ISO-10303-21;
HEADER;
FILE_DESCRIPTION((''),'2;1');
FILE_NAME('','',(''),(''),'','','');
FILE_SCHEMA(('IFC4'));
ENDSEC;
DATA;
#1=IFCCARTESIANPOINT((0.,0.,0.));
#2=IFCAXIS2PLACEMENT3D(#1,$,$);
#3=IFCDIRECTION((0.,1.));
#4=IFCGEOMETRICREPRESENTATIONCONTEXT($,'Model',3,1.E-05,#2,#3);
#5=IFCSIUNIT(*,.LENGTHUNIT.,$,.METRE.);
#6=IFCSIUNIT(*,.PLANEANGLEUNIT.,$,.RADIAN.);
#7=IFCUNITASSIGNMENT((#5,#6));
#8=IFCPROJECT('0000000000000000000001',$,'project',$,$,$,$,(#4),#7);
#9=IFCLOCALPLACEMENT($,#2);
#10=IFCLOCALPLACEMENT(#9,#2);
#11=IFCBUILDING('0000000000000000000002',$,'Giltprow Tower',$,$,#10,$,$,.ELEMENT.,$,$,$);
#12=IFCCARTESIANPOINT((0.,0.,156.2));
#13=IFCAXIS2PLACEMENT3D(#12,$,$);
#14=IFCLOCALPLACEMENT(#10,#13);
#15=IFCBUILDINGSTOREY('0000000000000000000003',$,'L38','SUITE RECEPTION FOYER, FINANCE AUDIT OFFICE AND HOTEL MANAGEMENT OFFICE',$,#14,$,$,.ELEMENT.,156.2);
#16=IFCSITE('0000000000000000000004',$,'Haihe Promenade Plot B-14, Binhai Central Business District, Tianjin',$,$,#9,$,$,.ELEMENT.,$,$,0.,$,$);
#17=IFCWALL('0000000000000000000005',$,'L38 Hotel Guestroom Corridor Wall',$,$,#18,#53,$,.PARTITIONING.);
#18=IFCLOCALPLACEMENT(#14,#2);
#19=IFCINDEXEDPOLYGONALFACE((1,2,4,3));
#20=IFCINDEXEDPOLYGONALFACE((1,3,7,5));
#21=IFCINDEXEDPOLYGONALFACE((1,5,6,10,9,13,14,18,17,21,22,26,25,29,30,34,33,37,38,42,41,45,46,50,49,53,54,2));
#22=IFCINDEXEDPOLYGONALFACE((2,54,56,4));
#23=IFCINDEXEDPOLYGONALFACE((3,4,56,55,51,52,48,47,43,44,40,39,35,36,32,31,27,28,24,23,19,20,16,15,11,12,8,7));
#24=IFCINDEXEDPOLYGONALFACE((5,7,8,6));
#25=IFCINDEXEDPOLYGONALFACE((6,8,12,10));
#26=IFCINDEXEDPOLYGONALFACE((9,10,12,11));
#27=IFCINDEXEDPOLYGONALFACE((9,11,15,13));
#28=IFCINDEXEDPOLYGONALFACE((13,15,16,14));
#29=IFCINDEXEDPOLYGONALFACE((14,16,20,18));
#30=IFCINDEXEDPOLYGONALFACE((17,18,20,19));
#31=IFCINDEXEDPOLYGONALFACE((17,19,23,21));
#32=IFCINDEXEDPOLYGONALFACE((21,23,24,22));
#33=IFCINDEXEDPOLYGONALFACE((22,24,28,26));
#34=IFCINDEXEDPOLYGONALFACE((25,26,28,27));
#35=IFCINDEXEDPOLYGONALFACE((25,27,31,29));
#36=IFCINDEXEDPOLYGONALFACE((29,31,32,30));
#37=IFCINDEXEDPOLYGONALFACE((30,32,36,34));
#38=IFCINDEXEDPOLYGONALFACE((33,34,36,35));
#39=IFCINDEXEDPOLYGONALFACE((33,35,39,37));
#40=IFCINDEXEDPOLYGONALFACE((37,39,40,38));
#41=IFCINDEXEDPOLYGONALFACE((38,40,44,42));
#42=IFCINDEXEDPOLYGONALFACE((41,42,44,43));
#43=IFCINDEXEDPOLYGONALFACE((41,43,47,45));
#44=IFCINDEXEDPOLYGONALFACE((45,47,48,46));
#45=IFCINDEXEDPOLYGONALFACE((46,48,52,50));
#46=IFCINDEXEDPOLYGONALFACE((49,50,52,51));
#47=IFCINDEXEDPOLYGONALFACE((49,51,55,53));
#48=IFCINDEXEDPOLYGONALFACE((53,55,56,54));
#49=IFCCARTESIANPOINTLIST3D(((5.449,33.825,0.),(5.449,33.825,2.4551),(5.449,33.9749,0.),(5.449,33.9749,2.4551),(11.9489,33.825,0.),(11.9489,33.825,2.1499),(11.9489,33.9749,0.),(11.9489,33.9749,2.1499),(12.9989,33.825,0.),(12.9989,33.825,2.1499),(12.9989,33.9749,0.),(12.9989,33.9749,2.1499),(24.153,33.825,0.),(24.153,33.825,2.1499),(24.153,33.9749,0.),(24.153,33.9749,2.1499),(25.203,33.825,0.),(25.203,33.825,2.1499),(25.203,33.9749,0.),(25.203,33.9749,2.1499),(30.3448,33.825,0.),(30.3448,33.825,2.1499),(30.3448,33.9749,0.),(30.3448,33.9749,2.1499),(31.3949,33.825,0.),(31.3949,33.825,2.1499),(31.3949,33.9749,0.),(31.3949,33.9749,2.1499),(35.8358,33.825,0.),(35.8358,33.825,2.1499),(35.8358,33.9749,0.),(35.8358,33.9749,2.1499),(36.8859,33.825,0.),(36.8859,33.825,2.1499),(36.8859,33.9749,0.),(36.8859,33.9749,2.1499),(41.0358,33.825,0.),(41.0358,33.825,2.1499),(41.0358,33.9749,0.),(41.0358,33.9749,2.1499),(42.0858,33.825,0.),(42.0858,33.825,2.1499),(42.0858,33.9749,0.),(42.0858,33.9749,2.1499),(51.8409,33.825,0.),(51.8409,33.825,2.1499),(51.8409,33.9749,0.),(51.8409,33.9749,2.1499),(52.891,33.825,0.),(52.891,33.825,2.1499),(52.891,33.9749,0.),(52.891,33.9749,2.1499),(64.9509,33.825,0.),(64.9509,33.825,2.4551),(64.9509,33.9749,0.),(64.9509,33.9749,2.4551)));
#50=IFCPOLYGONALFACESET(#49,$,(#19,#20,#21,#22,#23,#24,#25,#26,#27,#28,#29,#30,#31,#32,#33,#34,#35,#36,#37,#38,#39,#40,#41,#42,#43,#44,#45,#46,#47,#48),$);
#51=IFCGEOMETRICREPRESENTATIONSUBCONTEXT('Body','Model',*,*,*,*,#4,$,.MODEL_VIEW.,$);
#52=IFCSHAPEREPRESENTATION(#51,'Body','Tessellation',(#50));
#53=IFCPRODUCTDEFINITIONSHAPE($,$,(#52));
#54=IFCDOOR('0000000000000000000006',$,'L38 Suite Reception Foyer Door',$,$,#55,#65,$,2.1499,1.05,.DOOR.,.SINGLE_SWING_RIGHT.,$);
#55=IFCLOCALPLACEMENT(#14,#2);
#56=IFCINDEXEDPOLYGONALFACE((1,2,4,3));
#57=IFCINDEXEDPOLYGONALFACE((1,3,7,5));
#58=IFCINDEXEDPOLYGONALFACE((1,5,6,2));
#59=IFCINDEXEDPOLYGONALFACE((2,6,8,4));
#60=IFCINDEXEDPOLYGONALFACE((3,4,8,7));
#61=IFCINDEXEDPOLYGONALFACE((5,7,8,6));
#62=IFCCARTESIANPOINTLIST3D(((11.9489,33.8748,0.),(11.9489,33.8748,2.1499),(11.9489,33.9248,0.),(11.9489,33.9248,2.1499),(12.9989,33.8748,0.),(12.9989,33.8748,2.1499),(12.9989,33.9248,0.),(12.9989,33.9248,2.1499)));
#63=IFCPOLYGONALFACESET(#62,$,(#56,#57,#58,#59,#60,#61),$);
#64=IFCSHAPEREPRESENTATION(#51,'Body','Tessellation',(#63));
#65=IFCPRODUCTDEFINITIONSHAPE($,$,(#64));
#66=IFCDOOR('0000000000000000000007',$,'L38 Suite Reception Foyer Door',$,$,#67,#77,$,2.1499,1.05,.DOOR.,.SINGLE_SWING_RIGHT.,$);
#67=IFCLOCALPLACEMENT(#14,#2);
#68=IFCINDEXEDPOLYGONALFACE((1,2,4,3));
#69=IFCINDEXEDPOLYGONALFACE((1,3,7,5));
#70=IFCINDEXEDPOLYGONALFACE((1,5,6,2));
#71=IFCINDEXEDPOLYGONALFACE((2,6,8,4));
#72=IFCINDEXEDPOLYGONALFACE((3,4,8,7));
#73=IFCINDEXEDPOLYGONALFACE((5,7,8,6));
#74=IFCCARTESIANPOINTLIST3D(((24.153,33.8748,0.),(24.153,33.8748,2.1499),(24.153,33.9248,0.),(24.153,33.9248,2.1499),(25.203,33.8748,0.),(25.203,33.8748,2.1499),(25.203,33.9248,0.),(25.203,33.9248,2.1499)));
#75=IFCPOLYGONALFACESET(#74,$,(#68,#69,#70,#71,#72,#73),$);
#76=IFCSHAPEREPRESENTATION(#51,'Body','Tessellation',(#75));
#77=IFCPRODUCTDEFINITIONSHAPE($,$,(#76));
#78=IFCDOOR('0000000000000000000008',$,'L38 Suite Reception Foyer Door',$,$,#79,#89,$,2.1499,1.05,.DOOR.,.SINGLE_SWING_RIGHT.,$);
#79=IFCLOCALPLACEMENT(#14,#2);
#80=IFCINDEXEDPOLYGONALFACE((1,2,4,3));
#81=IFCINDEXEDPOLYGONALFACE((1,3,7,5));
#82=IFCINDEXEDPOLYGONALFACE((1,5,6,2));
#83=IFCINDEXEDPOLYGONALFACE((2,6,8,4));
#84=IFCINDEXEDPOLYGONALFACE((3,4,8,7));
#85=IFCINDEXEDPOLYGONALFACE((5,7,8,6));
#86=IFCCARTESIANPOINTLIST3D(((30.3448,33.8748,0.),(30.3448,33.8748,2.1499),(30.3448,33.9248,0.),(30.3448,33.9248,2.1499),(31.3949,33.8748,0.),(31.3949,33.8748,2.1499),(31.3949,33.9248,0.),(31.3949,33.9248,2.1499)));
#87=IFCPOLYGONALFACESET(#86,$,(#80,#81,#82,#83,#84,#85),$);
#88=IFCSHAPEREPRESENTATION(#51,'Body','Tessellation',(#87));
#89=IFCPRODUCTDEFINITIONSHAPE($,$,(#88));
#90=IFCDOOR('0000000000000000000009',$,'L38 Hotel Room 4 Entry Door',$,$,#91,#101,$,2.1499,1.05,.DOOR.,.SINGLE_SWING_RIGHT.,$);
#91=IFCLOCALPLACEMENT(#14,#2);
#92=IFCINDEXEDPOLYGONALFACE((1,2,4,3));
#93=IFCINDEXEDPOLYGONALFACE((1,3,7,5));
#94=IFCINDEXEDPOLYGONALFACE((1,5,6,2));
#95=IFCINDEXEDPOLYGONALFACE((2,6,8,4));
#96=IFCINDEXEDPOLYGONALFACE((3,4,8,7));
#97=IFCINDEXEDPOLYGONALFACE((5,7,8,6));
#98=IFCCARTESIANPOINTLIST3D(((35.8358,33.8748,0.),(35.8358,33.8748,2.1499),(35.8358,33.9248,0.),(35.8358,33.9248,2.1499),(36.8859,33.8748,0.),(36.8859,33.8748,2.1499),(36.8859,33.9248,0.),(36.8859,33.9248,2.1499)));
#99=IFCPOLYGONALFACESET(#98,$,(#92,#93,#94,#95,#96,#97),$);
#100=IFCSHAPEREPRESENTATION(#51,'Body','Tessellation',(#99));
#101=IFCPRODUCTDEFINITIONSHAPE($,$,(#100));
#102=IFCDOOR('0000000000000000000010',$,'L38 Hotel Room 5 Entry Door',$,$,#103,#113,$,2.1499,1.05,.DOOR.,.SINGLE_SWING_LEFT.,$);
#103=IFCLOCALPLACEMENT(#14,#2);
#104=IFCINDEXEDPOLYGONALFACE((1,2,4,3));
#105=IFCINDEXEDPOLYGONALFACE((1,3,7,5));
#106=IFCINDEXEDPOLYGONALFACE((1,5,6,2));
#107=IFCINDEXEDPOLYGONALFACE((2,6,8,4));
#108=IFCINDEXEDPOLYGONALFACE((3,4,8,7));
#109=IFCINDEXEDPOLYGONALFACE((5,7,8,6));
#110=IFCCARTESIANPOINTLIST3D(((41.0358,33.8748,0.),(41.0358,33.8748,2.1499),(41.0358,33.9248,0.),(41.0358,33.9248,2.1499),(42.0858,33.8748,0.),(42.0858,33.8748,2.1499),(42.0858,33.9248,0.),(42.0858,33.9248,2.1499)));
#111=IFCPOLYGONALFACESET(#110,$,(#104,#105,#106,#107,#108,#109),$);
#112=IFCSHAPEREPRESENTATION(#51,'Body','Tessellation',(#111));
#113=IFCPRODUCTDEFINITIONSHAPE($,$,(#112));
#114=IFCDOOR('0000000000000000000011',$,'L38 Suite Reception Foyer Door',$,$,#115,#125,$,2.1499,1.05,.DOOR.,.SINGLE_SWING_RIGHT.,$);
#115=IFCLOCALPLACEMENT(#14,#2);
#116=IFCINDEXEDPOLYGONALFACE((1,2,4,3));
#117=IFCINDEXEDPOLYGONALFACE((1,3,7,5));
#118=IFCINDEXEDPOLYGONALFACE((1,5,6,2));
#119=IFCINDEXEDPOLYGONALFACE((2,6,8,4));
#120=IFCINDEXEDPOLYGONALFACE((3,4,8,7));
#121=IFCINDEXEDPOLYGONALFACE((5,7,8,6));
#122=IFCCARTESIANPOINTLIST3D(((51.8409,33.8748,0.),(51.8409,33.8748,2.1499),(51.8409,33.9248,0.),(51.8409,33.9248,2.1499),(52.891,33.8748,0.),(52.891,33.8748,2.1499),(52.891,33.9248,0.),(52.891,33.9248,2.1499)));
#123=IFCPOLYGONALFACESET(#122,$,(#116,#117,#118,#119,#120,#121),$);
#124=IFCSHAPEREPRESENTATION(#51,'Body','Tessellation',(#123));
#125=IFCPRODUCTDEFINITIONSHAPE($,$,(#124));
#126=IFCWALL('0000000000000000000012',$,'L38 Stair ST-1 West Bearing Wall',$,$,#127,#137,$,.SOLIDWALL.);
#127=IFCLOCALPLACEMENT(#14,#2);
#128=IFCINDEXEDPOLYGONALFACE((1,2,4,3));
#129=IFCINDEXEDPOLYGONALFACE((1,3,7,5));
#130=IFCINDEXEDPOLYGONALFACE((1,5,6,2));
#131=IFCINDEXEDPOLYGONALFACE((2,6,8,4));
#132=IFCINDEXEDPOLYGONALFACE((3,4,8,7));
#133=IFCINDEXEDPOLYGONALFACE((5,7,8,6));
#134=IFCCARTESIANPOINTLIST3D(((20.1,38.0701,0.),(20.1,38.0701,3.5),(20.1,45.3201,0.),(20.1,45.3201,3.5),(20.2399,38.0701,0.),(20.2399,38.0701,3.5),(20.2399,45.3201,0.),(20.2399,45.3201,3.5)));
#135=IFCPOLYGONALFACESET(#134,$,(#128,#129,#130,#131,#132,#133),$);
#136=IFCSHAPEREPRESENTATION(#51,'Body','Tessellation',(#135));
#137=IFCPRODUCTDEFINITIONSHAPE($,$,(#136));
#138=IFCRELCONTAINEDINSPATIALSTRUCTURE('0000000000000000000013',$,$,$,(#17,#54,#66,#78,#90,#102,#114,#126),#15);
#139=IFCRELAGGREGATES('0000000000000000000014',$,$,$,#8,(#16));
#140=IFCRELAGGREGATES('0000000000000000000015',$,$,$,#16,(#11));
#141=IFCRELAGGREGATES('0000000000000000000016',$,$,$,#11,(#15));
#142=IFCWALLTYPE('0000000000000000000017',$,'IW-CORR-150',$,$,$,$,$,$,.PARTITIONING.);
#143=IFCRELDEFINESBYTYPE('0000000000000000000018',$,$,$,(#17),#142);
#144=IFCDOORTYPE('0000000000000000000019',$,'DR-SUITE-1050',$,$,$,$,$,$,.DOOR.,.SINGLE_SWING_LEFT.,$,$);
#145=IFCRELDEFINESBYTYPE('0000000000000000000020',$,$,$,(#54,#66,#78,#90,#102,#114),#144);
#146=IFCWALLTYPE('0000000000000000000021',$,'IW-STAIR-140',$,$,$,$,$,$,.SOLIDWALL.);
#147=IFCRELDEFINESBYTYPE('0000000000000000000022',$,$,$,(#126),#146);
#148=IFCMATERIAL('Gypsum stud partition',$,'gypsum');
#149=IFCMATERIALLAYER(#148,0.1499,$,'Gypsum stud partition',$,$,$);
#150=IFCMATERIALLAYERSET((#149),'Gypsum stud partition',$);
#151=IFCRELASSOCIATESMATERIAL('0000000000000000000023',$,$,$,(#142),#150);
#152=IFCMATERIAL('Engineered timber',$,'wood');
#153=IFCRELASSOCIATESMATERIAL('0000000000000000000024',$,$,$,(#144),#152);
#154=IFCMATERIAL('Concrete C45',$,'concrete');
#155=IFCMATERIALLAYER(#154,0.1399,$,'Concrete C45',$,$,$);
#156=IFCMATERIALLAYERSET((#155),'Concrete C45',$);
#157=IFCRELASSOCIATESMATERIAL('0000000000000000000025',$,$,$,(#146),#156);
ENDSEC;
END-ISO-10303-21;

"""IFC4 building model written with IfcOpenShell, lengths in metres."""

from ifc_helpers import new_model, si_unit, direction, frame, frame_2d, origin, place, context, subcontext, project, spatial, rectangle, extrude, source, transform, mapped, material, layer, layer_set, type_object, element, fill, save


model = new_model("IFC4")

# Units and contexts
model_context = context("Model", 3, precision=1e-05, world=origin(), true_north=direction((0.0, 1.0)))
body_context = subcontext(model_context, "Body", "Model", "MODEL_VIEW")
ifc_project = project(units=[si_unit("LENGTHUNIT", "METRE"), si_unit("PLANEANGLEUNIT", "RADIAN")], contexts=[model_context])

# Site, building, storey
site_placement = place(None, origin())
site = spatial("IfcSite", under=ifc_project, at=site_placement, Name="Haihe Promenade Plot B-14, Binhai Central Business District, Tianjin", CompositionType="ELEMENT", RefElevation=0.0)
building_placement = place(site_placement, origin())
building = spatial("IfcBuilding", under=site, at=building_placement, Name="Giltprow Tower", CompositionType="ELEMENT")
storey_placement = place(building_placement, frame((0.0, 0.0, 156.2)))
storey = spatial("IfcBuildingStorey", under=building, at=storey_placement, Name="L38", Description="SUITE RECEPTION FOYER, FINANCE AUDIT OFFICE AND HOTEL MANAGEMENT OFFICE", CompositionType="ELEMENT", Elevation=156.2)

# Wall, openings, doors
ifc_material_1 = material(Name="Gypsum stud partition", Category="gypsum")
ifc_layer_1 = layer(ifc_material_1, 0.1499, Name="Gypsum stud partition")
ifc_layer_set_1 = layer_set([ifc_layer_1], Name="Gypsum stud partition")
wall_type_1 = type_object("IfcWallType", Name="IW-CORR-150", PredefinedType="PARTITIONING", material=ifc_layer_set_1)
wall_1_placement = place(storey_placement, frame((5.449, 33.8999, 0.0), z_axis=(0.0, 0.0, 1.0), x_axis=(1.0, 0.0, 0.0)))
wall_1 = element("IfcWall", 1, at=wall_1_placement, inside=storey, type_object=wall_type_1, Name="L38 Hotel Guestroom Corridor Wall", PredefinedType="PARTITIONING", context=body_context, shape_type="SweptSolid", body=[
    extrude(rectangle(XDim=59.502, YDim=0.1499, at=frame_2d((29.751, 0.0))), origin(), (0.0, 0.0, 1.0), 2.4551),
])
opening_1_placement = place(wall_1_placement, frame((6.5, 0.0, 0.0)))
opening_1 = element("IfcOpeningElement", 2, at=opening_1_placement, cuts=wall_1, PredefinedType="OPENING", context=body_context, shape_type="SweptSolid", body=[
    extrude(rectangle(XDim=1.05, YDim=2.1499, at=frame_2d((0.5249, 1.075))), frame((0.0, 0.085, 0.0), z_axis=(0.0, -1.0, 0.0), x_axis=(1.0, 0.0, 0.0)), (0.0, 0.0, 1.0), 0.1699),
])
opening_2_placement = place(wall_1_placement, frame((18.7041, 0.0, 0.0)))
opening_2 = element("IfcOpeningElement", 3, at=opening_2_placement, cuts=wall_1, PredefinedType="OPENING", context=body_context, shape_type="SweptSolid", body=[
    extrude(rectangle(XDim=1.05, YDim=2.1499, at=frame_2d((0.5249, 1.075))), frame((0.0, 0.085, 0.0), z_axis=(0.0, -1.0, 0.0), x_axis=(1.0, 0.0, 0.0)), (0.0, 0.0, 1.0), 0.1699),
])
opening_3_placement = place(wall_1_placement, frame((24.896, 0.0, 0.0)))
opening_3 = element("IfcOpeningElement", 4, at=opening_3_placement, cuts=wall_1, PredefinedType="OPENING", context=body_context, shape_type="SweptSolid", body=[
    extrude(rectangle(XDim=1.05, YDim=2.1499, at=frame_2d((0.5249, 1.075))), frame((0.0, 0.085, 0.0), z_axis=(0.0, -1.0, 0.0), x_axis=(1.0, 0.0, 0.0)), (0.0, 0.0, 1.0), 0.1699),
])
opening_4_placement = place(wall_1_placement, frame((30.387, 0.0, 0.0)))
opening_4 = element("IfcOpeningElement", 5, at=opening_4_placement, cuts=wall_1, PredefinedType="OPENING", context=body_context, shape_type="SweptSolid", body=[
    extrude(rectangle(XDim=1.05, YDim=2.1499, at=frame_2d((0.5249, 1.075))), frame((0.0, 0.085, 0.0), z_axis=(0.0, -1.0, 0.0), x_axis=(1.0, 0.0, 0.0)), (0.0, 0.0, 1.0), 0.1699),
])
opening_5_placement = place(wall_1_placement, frame((35.5869, 0.0, 0.0)))
opening_5 = element("IfcOpeningElement", 6, at=opening_5_placement, cuts=wall_1, PredefinedType="OPENING", context=body_context, shape_type="SweptSolid", body=[
    extrude(rectangle(XDim=1.05, YDim=2.1499, at=frame_2d((0.5249, 1.075))), frame((0.0, 0.085, 0.0), z_axis=(0.0, -1.0, 0.0), x_axis=(1.0, 0.0, 0.0)), (0.0, 0.0, 1.0), 0.1699),
])
opening_6_placement = place(wall_1_placement, frame((46.3921, 0.0, 0.0)))
opening_6 = element("IfcOpeningElement", 7, at=opening_6_placement, cuts=wall_1, PredefinedType="OPENING", context=body_context, shape_type="SweptSolid", body=[
    extrude(rectangle(XDim=1.05, YDim=2.1499, at=frame_2d((0.5249, 1.075))), frame((0.0, 0.085, 0.0), z_axis=(0.0, -1.0, 0.0), x_axis=(1.0, 0.0, 0.0)), (0.0, 0.0, 1.0), 0.1699),
])
ifc_material_2 = material(Name="Engineered timber", Category="wood")
door_type_1 = type_object("IfcDoorType", Name="DR-SUITE-1050", OperationType="SINGLE_SWING_LEFT", PredefinedType="DOOR", material=ifc_material_2)
shared_shape_1 = source(origin(), body_context, "Body", "SweptSolid", [
    extrude(rectangle(XDim=1.05, YDim=2.1499, at=frame_2d((0.5249, 1.075))), frame((0.0, 0.0249, 0.0), z_axis=(0.0, -1.0, 0.0), x_axis=(1.0, 0.0, 0.0)), (0.0, 0.0, 1.0), 0.05),
])
door_1_placement = place(opening_1_placement, origin())
door_1 = element("IfcDoor", 8, at=door_1_placement, inside=storey, type_object=door_type_1, Name="L38 Suite Reception Foyer Door", OperationType="SINGLE_SWING_RIGHT", OverallHeight=2.1499, OverallWidth=1.05, PredefinedType="DOOR", context=body_context, shape_type="MappedRepresentation", body=[
    mapped(shared_shape_1, transform((0.0, 0.0, 0.0), x_axis=(1.0, 0.0, 0.0), y_axis=(0.0, 1.0, 0.0), z_axis=(0.0, 0.0, 1.0), scale=1.0)),
])
fill(opening_1, door_1)
door_2_placement = place(opening_2_placement, origin())
door_2 = element("IfcDoor", 9, at=door_2_placement, inside=storey, type_object=door_type_1, Name="L38 Suite Reception Foyer Door", OperationType="SINGLE_SWING_RIGHT", OverallHeight=2.1499, OverallWidth=1.05, PredefinedType="DOOR", context=body_context, shape_type="MappedRepresentation", body=[
    mapped(shared_shape_1, transform((0.0, 0.0, 0.0), x_axis=(1.0, 0.0, 0.0), y_axis=(0.0, 1.0, 0.0), z_axis=(0.0, 0.0, 1.0), scale=1.0)),
])
fill(opening_2, door_2)
door_3_placement = place(opening_3_placement, origin())
door_3 = element("IfcDoor", 10, at=door_3_placement, inside=storey, type_object=door_type_1, Name="L38 Suite Reception Foyer Door", OperationType="SINGLE_SWING_RIGHT", OverallHeight=2.1499, OverallWidth=1.05, PredefinedType="DOOR", context=body_context, shape_type="MappedRepresentation", body=[
    mapped(shared_shape_1, transform((0.0, 0.0, 0.0), x_axis=(1.0, 0.0, 0.0), y_axis=(0.0, 1.0, 0.0), z_axis=(0.0, 0.0, 1.0), scale=1.0)),
])
fill(opening_3, door_3)
door_4_placement = place(opening_4_placement, origin())
door_4 = element("IfcDoor", 11, at=door_4_placement, inside=storey, type_object=door_type_1, Name="L38 Hotel Room 4 Entry Door", OperationType="SINGLE_SWING_RIGHT", OverallHeight=2.1499, OverallWidth=1.05, PredefinedType="DOOR", context=body_context, shape_type="MappedRepresentation", body=[
    mapped(shared_shape_1, transform((0.0, 0.0, 0.0), x_axis=(1.0, 0.0, 0.0), y_axis=(0.0, 1.0, 0.0), z_axis=(0.0, 0.0, 1.0), scale=1.0)),
])
fill(opening_4, door_4)
door_5_placement = place(opening_5_placement, origin())
door_5 = element("IfcDoor", 12, at=door_5_placement, inside=storey, type_object=door_type_1, Name="L38 Hotel Room 5 Entry Door", OperationType="SINGLE_SWING_LEFT", OverallHeight=2.1499, OverallWidth=1.05, PredefinedType="DOOR", context=body_context, shape_type="MappedRepresentation", body=[
    mapped(shared_shape_1, transform((0.0, 0.0, 0.0), x_axis=(1.0, 0.0, 0.0), y_axis=(0.0, 1.0, 0.0), z_axis=(0.0, 0.0, 1.0), scale=1.0)),
])
fill(opening_5, door_5)
door_6_placement = place(opening_6_placement, origin())
door_6 = element("IfcDoor", 13, at=door_6_placement, inside=storey, type_object=door_type_1, Name="L38 Suite Reception Foyer Door", OperationType="SINGLE_SWING_RIGHT", OverallHeight=2.1499, OverallWidth=1.05, PredefinedType="DOOR", context=body_context, shape_type="MappedRepresentation", body=[
    mapped(shared_shape_1, transform((0.0, 0.0, 0.0), x_axis=(1.0, 0.0, 0.0), y_axis=(0.0, 1.0, 0.0), z_axis=(0.0, 0.0, 1.0), scale=1.0)),
])
fill(opening_6, door_6)

# Wall
ifc_material_3 = material(Name="Concrete C45", Category="concrete")
ifc_layer_2 = layer(ifc_material_3, 0.1399, Name="Concrete C45")
ifc_layer_set_2 = layer_set([ifc_layer_2], Name="Concrete C45")
wall_type_2 = type_object("IfcWallType", Name="IW-STAIR-140", PredefinedType="SOLIDWALL", material=ifc_layer_set_2)
wall_2_placement = place(storey_placement, frame((20.1699, 38.0701, 0.0), z_axis=(0.0, 0.0, 1.0), x_axis=(0.0, 1.0, 0.0)))
element("IfcWall", 14, at=wall_2_placement, inside=storey, type_object=wall_type_2, Name="L38 Stair ST-1 West Bearing Wall", PredefinedType="SOLIDWALL", context=body_context, shape_type="SweptSolid", body=[
    extrude(rectangle(XDim=7.25, YDim=0.1399, at=frame_2d((3.625, 0.0))), origin(), (0.0, 0.0, 1.0), 3.5),
])

save(model, "model.ifc")
